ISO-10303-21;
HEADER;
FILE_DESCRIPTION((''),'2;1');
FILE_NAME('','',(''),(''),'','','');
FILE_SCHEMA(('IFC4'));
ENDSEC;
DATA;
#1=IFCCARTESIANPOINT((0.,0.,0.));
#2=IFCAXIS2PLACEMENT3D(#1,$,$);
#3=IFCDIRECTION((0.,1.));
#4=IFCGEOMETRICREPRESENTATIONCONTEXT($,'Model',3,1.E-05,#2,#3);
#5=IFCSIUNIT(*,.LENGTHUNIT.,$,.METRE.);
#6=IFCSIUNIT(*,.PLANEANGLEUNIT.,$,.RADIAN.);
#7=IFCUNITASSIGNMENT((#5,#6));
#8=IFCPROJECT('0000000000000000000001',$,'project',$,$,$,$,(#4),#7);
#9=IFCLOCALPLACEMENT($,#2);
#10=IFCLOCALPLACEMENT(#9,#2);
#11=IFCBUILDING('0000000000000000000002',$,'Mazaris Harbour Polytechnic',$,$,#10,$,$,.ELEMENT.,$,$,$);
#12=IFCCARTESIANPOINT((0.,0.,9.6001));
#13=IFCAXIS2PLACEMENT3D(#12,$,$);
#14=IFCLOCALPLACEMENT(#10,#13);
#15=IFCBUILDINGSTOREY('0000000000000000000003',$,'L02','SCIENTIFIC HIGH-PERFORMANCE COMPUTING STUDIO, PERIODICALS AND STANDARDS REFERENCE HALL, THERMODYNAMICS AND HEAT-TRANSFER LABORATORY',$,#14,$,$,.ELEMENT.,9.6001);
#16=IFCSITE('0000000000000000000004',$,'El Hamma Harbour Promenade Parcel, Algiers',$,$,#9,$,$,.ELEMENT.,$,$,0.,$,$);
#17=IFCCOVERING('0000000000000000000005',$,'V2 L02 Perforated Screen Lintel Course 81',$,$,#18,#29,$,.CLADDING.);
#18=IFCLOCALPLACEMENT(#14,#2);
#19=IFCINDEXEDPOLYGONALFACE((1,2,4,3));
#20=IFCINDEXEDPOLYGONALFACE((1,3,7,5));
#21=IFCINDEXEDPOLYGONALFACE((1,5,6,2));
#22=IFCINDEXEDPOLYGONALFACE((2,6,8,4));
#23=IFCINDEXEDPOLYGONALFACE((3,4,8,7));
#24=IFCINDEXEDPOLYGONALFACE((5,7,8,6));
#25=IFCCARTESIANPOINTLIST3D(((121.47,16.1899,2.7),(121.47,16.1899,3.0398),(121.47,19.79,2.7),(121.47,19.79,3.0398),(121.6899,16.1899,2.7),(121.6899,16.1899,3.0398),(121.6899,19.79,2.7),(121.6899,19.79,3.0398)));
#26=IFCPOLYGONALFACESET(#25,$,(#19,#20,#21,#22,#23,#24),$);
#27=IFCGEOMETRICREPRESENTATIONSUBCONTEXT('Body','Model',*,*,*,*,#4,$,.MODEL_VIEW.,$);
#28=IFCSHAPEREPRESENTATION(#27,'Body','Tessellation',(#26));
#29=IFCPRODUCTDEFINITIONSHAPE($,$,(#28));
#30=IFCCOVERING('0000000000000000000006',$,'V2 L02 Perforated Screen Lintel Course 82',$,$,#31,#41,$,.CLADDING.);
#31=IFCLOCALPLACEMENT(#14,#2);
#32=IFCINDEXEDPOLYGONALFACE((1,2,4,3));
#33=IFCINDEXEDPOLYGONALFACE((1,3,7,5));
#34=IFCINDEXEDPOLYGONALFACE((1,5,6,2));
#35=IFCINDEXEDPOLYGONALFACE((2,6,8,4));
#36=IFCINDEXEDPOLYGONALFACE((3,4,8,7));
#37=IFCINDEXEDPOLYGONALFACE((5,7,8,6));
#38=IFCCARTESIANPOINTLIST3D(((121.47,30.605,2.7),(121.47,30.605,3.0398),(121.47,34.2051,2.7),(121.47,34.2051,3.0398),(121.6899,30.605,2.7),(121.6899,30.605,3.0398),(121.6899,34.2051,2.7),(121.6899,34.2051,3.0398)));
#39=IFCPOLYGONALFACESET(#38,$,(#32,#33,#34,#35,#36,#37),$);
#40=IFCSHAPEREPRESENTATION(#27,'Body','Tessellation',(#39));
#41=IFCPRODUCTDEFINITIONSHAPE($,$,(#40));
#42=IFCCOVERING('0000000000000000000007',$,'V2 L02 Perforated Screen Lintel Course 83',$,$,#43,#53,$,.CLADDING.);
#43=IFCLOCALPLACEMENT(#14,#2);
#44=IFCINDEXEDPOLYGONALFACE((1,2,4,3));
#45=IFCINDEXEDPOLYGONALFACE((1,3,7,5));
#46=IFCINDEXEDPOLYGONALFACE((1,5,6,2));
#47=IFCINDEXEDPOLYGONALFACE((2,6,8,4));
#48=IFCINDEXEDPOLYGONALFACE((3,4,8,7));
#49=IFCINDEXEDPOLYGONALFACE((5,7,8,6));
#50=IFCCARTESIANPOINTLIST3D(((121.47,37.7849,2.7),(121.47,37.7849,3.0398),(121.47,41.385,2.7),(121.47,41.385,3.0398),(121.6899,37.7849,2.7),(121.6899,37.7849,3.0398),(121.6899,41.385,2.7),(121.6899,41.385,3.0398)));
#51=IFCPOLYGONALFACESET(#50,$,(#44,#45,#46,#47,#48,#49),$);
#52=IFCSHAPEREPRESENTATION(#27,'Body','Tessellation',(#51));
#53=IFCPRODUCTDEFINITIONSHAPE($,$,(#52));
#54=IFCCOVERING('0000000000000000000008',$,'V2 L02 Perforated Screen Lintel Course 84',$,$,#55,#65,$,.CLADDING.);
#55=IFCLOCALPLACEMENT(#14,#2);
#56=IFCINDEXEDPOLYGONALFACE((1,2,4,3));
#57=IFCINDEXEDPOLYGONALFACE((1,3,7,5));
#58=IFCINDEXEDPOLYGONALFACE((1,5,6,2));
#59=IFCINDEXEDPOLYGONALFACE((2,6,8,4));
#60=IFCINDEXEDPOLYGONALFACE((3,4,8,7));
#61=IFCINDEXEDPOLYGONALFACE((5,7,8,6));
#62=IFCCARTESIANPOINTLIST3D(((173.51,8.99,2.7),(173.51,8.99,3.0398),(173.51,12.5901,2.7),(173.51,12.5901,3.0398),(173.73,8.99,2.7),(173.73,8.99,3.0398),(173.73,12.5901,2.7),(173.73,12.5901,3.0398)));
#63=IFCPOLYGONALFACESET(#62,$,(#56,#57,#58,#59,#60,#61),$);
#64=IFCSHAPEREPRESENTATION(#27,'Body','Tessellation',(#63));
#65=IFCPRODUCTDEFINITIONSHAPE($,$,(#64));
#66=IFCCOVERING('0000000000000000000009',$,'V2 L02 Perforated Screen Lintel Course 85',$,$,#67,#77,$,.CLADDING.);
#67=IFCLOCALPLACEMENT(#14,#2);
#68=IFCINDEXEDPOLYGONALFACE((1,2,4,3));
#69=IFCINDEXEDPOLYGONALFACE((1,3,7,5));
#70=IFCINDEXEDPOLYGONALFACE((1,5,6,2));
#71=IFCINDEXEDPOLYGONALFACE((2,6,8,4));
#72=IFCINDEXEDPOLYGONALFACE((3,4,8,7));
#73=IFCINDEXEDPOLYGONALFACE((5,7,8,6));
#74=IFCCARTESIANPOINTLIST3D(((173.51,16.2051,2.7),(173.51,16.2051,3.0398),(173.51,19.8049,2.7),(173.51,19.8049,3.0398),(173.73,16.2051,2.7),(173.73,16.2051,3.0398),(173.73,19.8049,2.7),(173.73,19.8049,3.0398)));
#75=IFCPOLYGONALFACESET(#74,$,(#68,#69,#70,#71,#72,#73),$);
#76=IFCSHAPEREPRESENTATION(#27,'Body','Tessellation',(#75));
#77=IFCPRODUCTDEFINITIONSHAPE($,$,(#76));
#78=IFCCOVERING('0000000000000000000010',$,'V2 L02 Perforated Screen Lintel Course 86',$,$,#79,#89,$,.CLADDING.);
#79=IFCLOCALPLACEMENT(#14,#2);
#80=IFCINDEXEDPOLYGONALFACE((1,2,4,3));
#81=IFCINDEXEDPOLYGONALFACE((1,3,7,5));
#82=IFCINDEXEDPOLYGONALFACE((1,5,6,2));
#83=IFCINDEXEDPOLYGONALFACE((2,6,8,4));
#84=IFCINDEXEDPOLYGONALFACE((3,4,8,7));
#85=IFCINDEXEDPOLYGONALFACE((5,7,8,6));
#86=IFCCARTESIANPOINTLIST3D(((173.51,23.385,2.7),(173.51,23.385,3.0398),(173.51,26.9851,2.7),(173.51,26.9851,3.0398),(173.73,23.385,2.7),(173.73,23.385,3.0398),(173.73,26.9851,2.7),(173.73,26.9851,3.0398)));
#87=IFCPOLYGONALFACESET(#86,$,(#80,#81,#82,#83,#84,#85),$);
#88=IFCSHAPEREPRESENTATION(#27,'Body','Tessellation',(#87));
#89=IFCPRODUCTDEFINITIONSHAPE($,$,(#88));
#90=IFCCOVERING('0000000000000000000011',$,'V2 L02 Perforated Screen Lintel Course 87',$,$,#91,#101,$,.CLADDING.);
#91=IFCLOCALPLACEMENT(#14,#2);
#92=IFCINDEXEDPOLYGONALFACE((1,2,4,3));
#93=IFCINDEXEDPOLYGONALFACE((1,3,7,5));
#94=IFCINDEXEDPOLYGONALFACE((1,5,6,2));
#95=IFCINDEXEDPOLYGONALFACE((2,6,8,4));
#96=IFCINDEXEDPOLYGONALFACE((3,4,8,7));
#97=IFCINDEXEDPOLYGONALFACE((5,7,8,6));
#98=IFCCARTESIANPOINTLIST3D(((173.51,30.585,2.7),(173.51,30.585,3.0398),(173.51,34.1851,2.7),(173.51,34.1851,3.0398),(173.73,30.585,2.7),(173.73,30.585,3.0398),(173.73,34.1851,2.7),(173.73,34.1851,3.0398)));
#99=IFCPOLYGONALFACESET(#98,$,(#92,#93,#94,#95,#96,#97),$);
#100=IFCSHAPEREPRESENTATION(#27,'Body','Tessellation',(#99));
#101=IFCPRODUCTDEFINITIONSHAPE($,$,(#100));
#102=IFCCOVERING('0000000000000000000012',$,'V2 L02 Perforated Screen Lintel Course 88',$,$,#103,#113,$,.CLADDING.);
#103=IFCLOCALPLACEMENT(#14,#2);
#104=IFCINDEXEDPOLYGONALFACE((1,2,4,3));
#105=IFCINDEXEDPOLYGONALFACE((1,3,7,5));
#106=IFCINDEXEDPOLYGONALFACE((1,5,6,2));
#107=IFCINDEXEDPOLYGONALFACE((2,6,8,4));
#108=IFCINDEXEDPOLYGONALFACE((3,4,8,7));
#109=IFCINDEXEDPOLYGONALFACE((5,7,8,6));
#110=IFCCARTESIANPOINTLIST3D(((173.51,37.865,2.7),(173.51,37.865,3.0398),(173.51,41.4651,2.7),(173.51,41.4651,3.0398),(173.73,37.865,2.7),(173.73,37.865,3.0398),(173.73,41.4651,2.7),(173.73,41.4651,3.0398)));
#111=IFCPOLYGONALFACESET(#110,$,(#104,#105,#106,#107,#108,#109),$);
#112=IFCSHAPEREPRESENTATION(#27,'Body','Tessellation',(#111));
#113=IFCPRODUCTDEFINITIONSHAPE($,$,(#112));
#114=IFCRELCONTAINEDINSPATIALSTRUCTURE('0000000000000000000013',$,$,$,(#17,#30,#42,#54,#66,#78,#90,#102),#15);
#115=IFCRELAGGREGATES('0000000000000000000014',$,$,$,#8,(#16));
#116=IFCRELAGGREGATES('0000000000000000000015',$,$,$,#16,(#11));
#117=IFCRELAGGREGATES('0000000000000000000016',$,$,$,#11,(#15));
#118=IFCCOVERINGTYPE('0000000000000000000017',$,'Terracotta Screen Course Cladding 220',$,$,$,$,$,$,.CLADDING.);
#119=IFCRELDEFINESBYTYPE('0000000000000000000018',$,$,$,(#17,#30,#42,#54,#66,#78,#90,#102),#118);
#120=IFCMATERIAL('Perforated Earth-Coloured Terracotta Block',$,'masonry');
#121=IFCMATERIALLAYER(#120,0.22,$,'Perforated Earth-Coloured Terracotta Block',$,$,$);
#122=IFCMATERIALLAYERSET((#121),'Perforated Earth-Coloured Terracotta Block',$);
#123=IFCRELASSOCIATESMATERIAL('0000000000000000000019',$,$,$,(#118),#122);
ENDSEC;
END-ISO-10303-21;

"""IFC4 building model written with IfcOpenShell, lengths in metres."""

from ifc_helpers import new_model, si_unit, direction, frame, origin, place, context, subcontext, project, spatial, polyline, outline, extrude, material, layer, layer_set, type_object, element, save


model = new_model("IFC4")

# Units and contexts
model_context = context("Model", 3, precision=1e-05, world=origin(), true_north=direction((0.0, 1.0)))
body_context = subcontext(model_context, "Body", "Model", "MODEL_VIEW")
ifc_project = project(units=[si_unit("LENGTHUNIT", "METRE"), si_unit("PLANEANGLEUNIT", "RADIAN")], contexts=[model_context])

# Site, building, storey
site_placement = place(None, origin())
site = spatial("IfcSite", under=ifc_project, at=site_placement, Name="El Hamma Harbour Promenade Parcel, Algiers", CompositionType="ELEMENT", RefElevation=0.0)
building_placement = place(site_placement, origin())
building = spatial("IfcBuilding", under=site, at=building_placement, Name="Mazaris Harbour Polytechnic", CompositionType="ELEMENT")
storey_placement = place(building_placement, frame((0.0, 0.0, 9.6001)))
storey = spatial("IfcBuildingStorey", under=building, at=storey_placement, Name="L02", Description="SCIENTIFIC HIGH-PERFORMANCE COMPUTING STUDIO, PERIODICALS AND STANDARDS REFERENCE HALL, THERMODYNAMICS AND HEAT-TRANSFER LABORATORY", CompositionType="ELEMENT", Elevation=9.6001)

# Coverings
ifc_material = material(Name="Perforated Earth-Coloured Terracotta Block", Category="masonry")
ifc_layer = layer(ifc_material, 0.22, Name="Perforated Earth-Coloured Terracotta Block")
ifc_layer_set = layer_set([ifc_layer], Name="Perforated Earth-Coloured Terracotta Block")
covering_type = type_object("IfcCoveringType", Name="Terracotta Screen Course Cladding 220", PredefinedType="CLADDING", material=ifc_layer_set)
covering_1_placement = place(storey_placement, frame((0.0, 0.0, 2.7)))
element("IfcCovering", 1, at=covering_1_placement, inside=storey, type_object=covering_type, Name="V2 L02 Perforated Screen Lintel Course 81", PredefinedType="CLADDING", context=body_context, shape_type="SweptSolid", body=[
    extrude(outline(polyline([(121.6899, 16.1899), (121.6899, 19.79), (121.47, 19.79), (121.47, 16.1899), (121.6899, 16.1899)])), origin(), (0.0, 0.0, 1.0), 0.3398),
])
covering_2_placement = place(storey_placement, frame((0.0, 0.0, 2.7)))
element("IfcCovering", 2, at=covering_2_placement, inside=storey, type_object=covering_type, Name="V2 L02 Perforated Screen Lintel Course 82", PredefinedType="CLADDING", context=body_context, shape_type="SweptSolid", body=[
    extrude(outline(polyline([(121.6899, 30.605), (121.6899, 34.2051), (121.47, 34.2051), (121.47, 30.605), (121.6899, 30.605)])), origin(), (0.0, 0.0, 1.0), 0.3398),
])
covering_3_placement = place(storey_placement, frame((0.0, 0.0, 2.7)))
element("IfcCovering", 3, at=covering_3_placement, inside=storey, type_object=covering_type, Name="V2 L02 Perforated Screen Lintel Course 83", PredefinedType="CLADDING", context=body_context, shape_type="SweptSolid", body=[
    extrude(outline(polyline([(121.6899, 37.7849), (121.6899, 41.385), (121.47, 41.385), (121.47, 37.7849), (121.6899, 37.7849)])), origin(), (0.0, 0.0, 1.0), 0.3398),
])
covering_4_placement = place(storey_placement, frame((0.0, 0.0, 2.7)))
element("IfcCovering", 4, at=covering_4_placement, inside=storey, type_object=covering_type, Name="V2 L02 Perforated Screen Lintel Course 84", PredefinedType="CLADDING", context=body_context, shape_type="SweptSolid", body=[
    extrude(outline(polyline([(173.51, 12.5901), (173.51, 8.99), (173.73, 8.99), (173.73, 12.5901), (173.51, 12.5901)])), origin(), (0.0, 0.0, 1.0), 0.3398),
])
covering_5_placement = place(storey_placement, frame((0.0, 0.0, 2.7)))
element("IfcCovering", 5, at=covering_5_placement, inside=storey, type_object=covering_type, Name="V2 L02 Perforated Screen Lintel Course 85", PredefinedType="CLADDING", context=body_context, shape_type="SweptSolid", body=[
    extrude(outline(polyline([(173.51, 19.8049), (173.51, 16.2051), (173.73, 16.2051), (173.73, 19.8049), (173.51, 19.8049)])), origin(), (0.0, 0.0, 1.0), 0.3398),
])
covering_6_placement = place(storey_placement, frame((0.0, 0.0, 2.7)))
element("IfcCovering", 6, at=covering_6_placement, inside=storey, type_object=covering_type, Name="V2 L02 Perforated Screen Lintel Course 86", PredefinedType="CLADDING", context=body_context, shape_type="SweptSolid", body=[
    extrude(outline(polyline([(173.51, 26.9851), (173.51, 23.385), (173.73, 23.385), (173.73, 26.9851), (173.51, 26.9851)])), origin(), (0.0, 0.0, 1.0), 0.3398),
])
covering_7_placement = place(storey_placement, frame((0.0, 0.0, 2.7)))
element("IfcCovering", 7, at=covering_7_placement, inside=storey, type_object=covering_type, Name="V2 L02 Perforated Screen Lintel Course 87", PredefinedType="CLADDING", context=body_context, shape_type="SweptSolid", body=[
    extrude(outline(polyline([(173.51, 34.1851), (173.51, 30.585), (173.73, 30.585), (173.73, 34.1851), (173.51, 34.1851)])), origin(), (0.0, 0.0, 1.0), 0.3398),
])
covering_8_placement = place(storey_placement, frame((0.0, 0.0, 2.7)))
element("IfcCovering", 8, at=covering_8_placement, inside=storey, type_object=covering_type, Name="V2 L02 Perforated Screen Lintel Course 88", PredefinedType="CLADDING", context=body_context, shape_type="SweptSolid", body=[
    extrude(outline(polyline([(173.51, 41.4651), (173.51, 37.865), (173.73, 37.865), (173.73, 41.4651), (173.51, 41.4651)])), origin(), (0.0, 0.0, 1.0), 0.3398),
])

save(model, "model.ifc")
